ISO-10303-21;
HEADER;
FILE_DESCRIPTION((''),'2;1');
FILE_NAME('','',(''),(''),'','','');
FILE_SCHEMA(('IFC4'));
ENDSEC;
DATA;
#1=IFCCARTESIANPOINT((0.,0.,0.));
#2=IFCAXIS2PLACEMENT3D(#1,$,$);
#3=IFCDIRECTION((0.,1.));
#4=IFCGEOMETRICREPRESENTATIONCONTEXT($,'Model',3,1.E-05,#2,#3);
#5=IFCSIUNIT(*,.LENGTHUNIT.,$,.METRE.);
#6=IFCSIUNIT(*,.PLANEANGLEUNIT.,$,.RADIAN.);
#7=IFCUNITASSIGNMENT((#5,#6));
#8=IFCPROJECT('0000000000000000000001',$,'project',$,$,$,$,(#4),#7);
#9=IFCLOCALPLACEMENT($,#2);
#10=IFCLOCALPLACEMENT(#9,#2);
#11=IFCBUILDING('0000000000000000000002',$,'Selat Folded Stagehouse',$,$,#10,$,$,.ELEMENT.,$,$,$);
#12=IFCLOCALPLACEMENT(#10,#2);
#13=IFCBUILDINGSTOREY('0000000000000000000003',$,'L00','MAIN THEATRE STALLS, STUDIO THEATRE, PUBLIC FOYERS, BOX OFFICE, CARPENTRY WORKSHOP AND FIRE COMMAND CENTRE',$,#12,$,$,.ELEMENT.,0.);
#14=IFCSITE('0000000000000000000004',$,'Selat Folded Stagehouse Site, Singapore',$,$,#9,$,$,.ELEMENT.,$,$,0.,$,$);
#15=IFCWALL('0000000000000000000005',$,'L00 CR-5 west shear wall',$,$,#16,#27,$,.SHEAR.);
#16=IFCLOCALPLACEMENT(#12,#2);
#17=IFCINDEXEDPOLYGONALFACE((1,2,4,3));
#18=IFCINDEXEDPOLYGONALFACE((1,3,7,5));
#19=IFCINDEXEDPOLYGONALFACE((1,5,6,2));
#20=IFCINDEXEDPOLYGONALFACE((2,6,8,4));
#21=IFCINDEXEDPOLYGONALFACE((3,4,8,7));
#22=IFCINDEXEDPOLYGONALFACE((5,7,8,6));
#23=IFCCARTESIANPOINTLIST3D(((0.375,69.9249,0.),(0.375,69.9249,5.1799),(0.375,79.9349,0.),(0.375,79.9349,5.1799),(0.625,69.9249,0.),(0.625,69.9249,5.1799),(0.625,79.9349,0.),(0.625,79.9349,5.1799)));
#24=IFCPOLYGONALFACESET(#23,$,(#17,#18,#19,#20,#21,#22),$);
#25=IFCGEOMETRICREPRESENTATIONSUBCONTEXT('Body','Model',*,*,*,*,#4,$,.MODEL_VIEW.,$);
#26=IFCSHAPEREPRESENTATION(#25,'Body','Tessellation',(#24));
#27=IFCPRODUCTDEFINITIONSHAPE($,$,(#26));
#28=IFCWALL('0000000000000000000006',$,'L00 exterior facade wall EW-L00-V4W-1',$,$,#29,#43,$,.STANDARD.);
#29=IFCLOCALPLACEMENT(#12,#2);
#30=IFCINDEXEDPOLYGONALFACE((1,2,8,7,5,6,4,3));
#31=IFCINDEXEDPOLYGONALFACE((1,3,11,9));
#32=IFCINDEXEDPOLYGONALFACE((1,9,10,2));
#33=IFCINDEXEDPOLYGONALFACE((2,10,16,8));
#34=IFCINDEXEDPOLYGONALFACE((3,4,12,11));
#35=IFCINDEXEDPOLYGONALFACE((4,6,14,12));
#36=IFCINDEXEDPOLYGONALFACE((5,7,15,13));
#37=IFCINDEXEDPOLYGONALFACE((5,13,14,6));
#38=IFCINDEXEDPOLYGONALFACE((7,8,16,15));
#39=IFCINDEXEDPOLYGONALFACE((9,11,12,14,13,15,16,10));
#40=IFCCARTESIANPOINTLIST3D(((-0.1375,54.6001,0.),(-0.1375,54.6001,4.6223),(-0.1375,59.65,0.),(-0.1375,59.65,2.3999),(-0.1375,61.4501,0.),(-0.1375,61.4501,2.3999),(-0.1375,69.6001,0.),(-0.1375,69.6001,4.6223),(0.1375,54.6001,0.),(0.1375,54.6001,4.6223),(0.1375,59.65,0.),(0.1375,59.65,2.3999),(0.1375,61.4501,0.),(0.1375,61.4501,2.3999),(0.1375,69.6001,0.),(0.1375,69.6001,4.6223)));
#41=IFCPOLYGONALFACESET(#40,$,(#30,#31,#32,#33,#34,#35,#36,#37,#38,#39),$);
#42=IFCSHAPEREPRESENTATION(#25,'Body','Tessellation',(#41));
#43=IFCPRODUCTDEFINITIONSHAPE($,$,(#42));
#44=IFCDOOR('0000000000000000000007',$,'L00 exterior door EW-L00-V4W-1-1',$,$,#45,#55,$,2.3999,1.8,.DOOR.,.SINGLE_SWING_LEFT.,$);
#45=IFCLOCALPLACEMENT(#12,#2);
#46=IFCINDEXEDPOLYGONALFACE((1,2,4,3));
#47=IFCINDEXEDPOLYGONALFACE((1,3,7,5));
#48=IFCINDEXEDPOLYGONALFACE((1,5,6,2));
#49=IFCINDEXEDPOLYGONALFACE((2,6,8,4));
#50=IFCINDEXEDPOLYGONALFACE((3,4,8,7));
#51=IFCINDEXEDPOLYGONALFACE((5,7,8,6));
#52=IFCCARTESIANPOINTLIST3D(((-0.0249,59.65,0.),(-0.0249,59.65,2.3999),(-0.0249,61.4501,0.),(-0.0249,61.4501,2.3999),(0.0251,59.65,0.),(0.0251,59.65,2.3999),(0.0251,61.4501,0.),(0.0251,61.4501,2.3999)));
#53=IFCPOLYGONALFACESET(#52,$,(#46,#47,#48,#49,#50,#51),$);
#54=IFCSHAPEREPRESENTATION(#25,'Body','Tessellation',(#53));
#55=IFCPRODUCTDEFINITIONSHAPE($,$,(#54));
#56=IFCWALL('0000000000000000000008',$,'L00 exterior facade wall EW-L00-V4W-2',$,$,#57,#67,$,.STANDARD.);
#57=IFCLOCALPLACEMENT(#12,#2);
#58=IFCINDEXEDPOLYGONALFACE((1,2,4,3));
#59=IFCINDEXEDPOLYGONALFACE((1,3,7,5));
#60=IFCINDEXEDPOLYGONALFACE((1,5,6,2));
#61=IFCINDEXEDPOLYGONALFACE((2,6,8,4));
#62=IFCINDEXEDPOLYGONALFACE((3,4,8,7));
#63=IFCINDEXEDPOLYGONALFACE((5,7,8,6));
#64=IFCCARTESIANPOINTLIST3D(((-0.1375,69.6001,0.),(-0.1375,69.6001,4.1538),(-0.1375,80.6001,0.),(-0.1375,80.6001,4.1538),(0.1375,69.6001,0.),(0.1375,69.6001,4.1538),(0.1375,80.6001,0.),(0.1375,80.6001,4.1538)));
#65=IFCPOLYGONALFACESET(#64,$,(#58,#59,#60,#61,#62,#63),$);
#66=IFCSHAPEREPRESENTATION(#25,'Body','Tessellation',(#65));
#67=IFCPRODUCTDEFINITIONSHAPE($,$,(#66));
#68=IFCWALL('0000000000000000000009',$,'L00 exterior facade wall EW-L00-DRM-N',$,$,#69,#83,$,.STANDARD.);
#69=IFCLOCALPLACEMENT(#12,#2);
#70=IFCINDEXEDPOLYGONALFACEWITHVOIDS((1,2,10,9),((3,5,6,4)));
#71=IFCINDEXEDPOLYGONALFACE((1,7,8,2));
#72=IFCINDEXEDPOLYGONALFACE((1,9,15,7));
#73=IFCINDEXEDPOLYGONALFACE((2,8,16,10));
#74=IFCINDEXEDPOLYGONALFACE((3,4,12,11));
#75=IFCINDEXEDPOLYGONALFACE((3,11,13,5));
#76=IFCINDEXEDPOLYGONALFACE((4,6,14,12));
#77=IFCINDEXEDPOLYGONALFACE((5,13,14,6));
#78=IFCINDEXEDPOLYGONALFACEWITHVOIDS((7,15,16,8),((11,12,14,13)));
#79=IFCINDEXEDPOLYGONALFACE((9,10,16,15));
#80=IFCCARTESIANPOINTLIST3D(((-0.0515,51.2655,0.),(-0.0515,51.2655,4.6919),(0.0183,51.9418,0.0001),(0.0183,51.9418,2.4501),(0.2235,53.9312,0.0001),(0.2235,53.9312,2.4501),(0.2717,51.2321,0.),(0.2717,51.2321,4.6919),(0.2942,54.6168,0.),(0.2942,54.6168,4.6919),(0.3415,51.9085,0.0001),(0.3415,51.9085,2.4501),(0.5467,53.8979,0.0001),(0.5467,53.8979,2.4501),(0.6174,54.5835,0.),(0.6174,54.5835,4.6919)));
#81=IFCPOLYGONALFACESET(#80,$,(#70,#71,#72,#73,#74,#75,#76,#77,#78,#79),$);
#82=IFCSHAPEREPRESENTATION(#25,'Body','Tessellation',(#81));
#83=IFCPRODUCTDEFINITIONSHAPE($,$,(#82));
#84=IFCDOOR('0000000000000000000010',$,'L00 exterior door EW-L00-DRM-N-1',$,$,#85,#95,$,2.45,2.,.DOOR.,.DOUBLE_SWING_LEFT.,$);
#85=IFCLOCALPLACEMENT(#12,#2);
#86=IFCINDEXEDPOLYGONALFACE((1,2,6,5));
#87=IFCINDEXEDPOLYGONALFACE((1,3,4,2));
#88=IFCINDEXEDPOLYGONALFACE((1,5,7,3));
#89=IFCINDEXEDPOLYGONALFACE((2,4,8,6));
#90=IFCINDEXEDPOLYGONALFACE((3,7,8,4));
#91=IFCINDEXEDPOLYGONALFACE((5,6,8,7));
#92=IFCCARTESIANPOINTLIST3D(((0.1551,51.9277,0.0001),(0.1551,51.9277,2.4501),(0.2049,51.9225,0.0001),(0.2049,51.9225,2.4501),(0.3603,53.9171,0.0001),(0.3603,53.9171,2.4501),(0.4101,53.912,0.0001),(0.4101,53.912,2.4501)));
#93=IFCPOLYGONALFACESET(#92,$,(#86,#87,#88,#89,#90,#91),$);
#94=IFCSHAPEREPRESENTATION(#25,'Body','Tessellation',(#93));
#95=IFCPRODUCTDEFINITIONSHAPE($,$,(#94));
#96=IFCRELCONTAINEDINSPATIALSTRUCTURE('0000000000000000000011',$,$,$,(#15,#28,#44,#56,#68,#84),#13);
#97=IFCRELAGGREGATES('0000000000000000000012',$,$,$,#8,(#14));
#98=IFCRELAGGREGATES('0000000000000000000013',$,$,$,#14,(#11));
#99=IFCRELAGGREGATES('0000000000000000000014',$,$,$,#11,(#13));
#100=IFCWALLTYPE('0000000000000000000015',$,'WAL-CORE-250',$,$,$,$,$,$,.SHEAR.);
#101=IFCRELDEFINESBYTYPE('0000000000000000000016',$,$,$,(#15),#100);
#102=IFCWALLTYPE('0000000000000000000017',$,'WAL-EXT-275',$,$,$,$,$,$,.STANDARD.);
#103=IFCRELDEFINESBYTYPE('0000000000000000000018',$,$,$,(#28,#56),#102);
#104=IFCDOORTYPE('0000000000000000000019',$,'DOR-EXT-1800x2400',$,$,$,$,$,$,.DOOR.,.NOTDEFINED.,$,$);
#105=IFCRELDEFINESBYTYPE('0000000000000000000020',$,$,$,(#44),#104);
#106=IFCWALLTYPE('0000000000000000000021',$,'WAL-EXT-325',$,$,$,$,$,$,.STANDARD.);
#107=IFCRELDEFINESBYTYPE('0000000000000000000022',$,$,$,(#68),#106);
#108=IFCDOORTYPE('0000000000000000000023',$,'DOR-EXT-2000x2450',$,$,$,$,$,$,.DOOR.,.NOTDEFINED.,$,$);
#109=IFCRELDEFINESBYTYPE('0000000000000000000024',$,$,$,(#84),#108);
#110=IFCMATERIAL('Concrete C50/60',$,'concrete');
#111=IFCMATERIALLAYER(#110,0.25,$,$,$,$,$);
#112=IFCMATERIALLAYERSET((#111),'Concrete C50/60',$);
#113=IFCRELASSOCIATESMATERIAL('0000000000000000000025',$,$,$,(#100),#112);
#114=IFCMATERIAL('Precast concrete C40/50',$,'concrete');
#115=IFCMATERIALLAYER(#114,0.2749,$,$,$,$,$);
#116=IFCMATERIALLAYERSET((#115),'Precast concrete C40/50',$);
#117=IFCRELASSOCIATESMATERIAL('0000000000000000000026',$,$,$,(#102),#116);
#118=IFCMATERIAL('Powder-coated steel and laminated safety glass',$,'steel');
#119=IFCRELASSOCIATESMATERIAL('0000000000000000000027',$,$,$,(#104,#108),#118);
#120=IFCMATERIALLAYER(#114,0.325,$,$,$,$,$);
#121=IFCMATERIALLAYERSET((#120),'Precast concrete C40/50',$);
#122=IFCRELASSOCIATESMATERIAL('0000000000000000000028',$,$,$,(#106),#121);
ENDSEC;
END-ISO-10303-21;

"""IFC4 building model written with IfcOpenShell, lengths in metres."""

from ifc_helpers import new_model, si_unit, direction, frame, frame_2d, origin, place, context, subcontext, project, spatial, rectangle, extrude, material, layer, layer_set, type_object, element, fill, save


model = new_model("IFC4")

# Units and contexts
model_context = context("Model", 3, precision=1e-05, world=origin(), true_north=direction((0.0, 1.0)))
body_context = subcontext(model_context, "Body", "Model", "MODEL_VIEW")
ifc_project = project(units=[si_unit("LENGTHUNIT", "METRE"), si_unit("PLANEANGLEUNIT", "RADIAN")], contexts=[model_context])

# Site, building, storey
site_placement = place(None, origin())
site = spatial("IfcSite", under=ifc_project, at=site_placement, Name="Selat Folded Stagehouse Site, Singapore", CompositionType="ELEMENT", RefElevation=0.0)
building_placement = place(site_placement, origin())
building = spatial("IfcBuilding", under=site, at=building_placement, Name="Selat Folded Stagehouse", CompositionType="ELEMENT")
storey_placement = place(building_placement, origin())
storey = spatial("IfcBuildingStorey", under=building, at=storey_placement, Name="L00", Description="MAIN THEATRE STALLS, STUDIO THEATRE, PUBLIC FOYERS, BOX OFFICE, CARPENTRY WORKSHOP AND FIRE COMMAND CENTRE", CompositionType="ELEMENT", Elevation=0.0)

# Wall
ifc_material_1 = material(Name="Concrete C50/60", Category="concrete")
ifc_layer_1 = layer(ifc_material_1, 0.25)
ifc_layer_set_1 = layer_set([ifc_layer_1], Name="Concrete C50/60")
wall_type_1 = type_object("IfcWallType", Name="WAL-CORE-250", PredefinedType="SHEAR", material=ifc_layer_set_1)
wall_1_placement = place(storey_placement, frame((0.5, 69.925, 0.0), z_axis=(0.0, 0.0, 1.0), x_axis=(0.0, 1.0, 0.0)))
element("IfcWall", 1, at=wall_1_placement, inside=storey, type_object=wall_type_1, Name="L00 CR-5 west shear wall", PredefinedType="SHEAR", context=body_context, shape_type="SweptSolid", body=[
    extrude(rectangle(XDim=10.01, YDim=0.25, at=frame_2d((5.0049, 0.0))), origin(), (0.0, 0.0, 1.0), 5.1799),
])

# Wall, opening, door
ifc_material_2 = material(Name="Precast concrete C40/50", Category="concrete")
ifc_layer_2 = layer(ifc_material_2, 0.2749)
ifc_layer_set_2 = layer_set([ifc_layer_2], Name="Precast concrete C40/50")
wall_type_2 = type_object("IfcWallType", Name="WAL-EXT-275", PredefinedType="STANDARD", material=ifc_layer_set_2)
wall_2_placement = place(storey_placement, frame((0.0, 54.6001, 0.0), z_axis=(0.0, 0.0, 1.0), x_axis=(0.0, 1.0, 0.0)))
wall_2 = element("IfcWall", 2, at=wall_2_placement, inside=storey, type_object=wall_type_2, Name="L00 exterior facade wall EW-L00-V4W-1", PredefinedType="STANDARD", context=body_context, shape_type="SweptSolid", body=[
    extrude(rectangle(XDim=15.0, YDim=0.2749, at=frame_2d((7.5, 0.0))), origin(), (0.0, 0.0, 1.0), 4.6223),
])
opening_1_placement = place(wall_2_placement, frame((5.05, 0.0, 0.0)))
opening_1 = element("IfcOpeningElement", 3, at=opening_1_placement, cuts=wall_2, PredefinedType="OPENING", context=body_context, shape_type="SweptSolid", body=[
    extrude(rectangle(XDim=1.8, YDim=2.3999, at=frame_2d((0.8999, 1.2))), frame((0.0, 0.1475, 0.0), z_axis=(0.0, -1.0, 0.0), x_axis=(1.0, 0.0, 0.0)), (0.0, 0.0, 1.0), 0.2949),
])
ifc_material_3 = material(Name="Powder-coated steel and laminated safety glass", Category="steel")
door_type_1 = type_object("IfcDoorType", Name="DOR-EXT-1800x2400", OperationType="NOTDEFINED", PredefinedType="DOOR", material=ifc_material_3)
door_1_placement = place(opening_1_placement, origin())
door_1 = element("IfcDoor", 4, at=door_1_placement, inside=storey, type_object=door_type_1, Name="L00 exterior door EW-L00-V4W-1-1", OperationType="SINGLE_SWING_LEFT", OverallHeight=2.3999, OverallWidth=1.8, PredefinedType="DOOR", context=body_context, shape_type="SweptSolid", body=[
    extrude(rectangle(XDim=1.8, YDim=2.3999, at=frame_2d((0.8999, 1.2))), frame((0.0, 0.0249, 0.0), z_axis=(0.0, -1.0, 0.0), x_axis=(1.0, 0.0, 0.0)), (0.0, 0.0, 1.0), 0.05),
])
fill(opening_1, door_1)

# Wall
wall_3_placement = place(storey_placement, frame((0.0, 69.6001, 0.0), z_axis=(0.0, 0.0, 1.0), x_axis=(0.0, 1.0, 0.0)))
element("IfcWall", 5, at=wall_3_placement, inside=storey, type_object=wall_type_2, Name="L00 exterior facade wall EW-L00-V4W-2", PredefinedType="STANDARD", context=body_context, shape_type="SweptSolid", body=[
    extrude(rectangle(XDim=11.0, YDim=0.2749, at=frame_2d((5.5, 0.0))), origin(), (0.0, 0.0, 1.0), 4.1538),
])

# Wall, opening, door
ifc_layer_3 = layer(ifc_material_2, 0.325)
ifc_layer_set_3 = layer_set([ifc_layer_3], Name="Precast concrete C40/50")
wall_type_3 = type_object("IfcWallType", Name="WAL-EXT-325", PredefinedType="STANDARD", material=ifc_layer_set_3)
wall_4_placement = place(storey_placement, frame((0.1101, 51.2488, 0.0), z_axis=(0.0, 0.0, 1.0), x_axis=(0.10261, 0.994722, 0.0)))
wall_4 = element("IfcWall", 6, at=wall_4_placement, inside=storey, type_object=wall_type_3, Name="L00 exterior facade wall EW-L00-DRM-N", PredefinedType="STANDARD", context=body_context, shape_type="SweptSolid", body=[
    extrude(rectangle(XDim=3.3691, YDim=0.325, at=frame_2d((1.6846, 0.0))), origin(), (0.0, 0.0, 1.0), 4.6919),
])
opening_2_placement = place(wall_4_placement, frame((0.6799, 0.0, 0.0)))
opening_2 = element("IfcOpeningElement", 7, at=opening_2_placement, cuts=wall_4, PredefinedType="OPENING", context=body_context, shape_type="SweptSolid", body=[
    extrude(rectangle(XDim=2.0, YDim=2.45, at=frame_2d((1.0, 1.2251))), frame((0.0, 0.1724, 0.0), z_axis=(0.0, -1.0, 0.0), x_axis=(1.0, 0.0, 0.0)), (0.0, 0.0, 1.0), 0.345),
])
door_type_2 = type_object("IfcDoorType", Name="DOR-EXT-2000x2450", OperationType="NOTDEFINED", PredefinedType="DOOR", material=ifc_material_3)
door_2_placement = place(opening_2_placement, origin())
door_2 = element("IfcDoor", 8, at=door_2_placement, inside=storey, type_object=door_type_2, Name="L00 exterior door EW-L00-DRM-N-1", OperationType="DOUBLE_SWING_LEFT", OverallHeight=2.45, OverallWidth=2.0, PredefinedType="DOOR", context=body_context, shape_type="SweptSolid", body=[
    extrude(rectangle(XDim=2.0, YDim=2.45, at=frame_2d((1.0, 1.2251))), frame((0.0, 0.0249, 0.0), z_axis=(0.0, -1.0, 0.0), x_axis=(1.0, 0.0, 0.0)), (0.0, 0.0, 1.0), 0.05),
])
fill(opening_2, door_2)

save(model, "model.ifc")
